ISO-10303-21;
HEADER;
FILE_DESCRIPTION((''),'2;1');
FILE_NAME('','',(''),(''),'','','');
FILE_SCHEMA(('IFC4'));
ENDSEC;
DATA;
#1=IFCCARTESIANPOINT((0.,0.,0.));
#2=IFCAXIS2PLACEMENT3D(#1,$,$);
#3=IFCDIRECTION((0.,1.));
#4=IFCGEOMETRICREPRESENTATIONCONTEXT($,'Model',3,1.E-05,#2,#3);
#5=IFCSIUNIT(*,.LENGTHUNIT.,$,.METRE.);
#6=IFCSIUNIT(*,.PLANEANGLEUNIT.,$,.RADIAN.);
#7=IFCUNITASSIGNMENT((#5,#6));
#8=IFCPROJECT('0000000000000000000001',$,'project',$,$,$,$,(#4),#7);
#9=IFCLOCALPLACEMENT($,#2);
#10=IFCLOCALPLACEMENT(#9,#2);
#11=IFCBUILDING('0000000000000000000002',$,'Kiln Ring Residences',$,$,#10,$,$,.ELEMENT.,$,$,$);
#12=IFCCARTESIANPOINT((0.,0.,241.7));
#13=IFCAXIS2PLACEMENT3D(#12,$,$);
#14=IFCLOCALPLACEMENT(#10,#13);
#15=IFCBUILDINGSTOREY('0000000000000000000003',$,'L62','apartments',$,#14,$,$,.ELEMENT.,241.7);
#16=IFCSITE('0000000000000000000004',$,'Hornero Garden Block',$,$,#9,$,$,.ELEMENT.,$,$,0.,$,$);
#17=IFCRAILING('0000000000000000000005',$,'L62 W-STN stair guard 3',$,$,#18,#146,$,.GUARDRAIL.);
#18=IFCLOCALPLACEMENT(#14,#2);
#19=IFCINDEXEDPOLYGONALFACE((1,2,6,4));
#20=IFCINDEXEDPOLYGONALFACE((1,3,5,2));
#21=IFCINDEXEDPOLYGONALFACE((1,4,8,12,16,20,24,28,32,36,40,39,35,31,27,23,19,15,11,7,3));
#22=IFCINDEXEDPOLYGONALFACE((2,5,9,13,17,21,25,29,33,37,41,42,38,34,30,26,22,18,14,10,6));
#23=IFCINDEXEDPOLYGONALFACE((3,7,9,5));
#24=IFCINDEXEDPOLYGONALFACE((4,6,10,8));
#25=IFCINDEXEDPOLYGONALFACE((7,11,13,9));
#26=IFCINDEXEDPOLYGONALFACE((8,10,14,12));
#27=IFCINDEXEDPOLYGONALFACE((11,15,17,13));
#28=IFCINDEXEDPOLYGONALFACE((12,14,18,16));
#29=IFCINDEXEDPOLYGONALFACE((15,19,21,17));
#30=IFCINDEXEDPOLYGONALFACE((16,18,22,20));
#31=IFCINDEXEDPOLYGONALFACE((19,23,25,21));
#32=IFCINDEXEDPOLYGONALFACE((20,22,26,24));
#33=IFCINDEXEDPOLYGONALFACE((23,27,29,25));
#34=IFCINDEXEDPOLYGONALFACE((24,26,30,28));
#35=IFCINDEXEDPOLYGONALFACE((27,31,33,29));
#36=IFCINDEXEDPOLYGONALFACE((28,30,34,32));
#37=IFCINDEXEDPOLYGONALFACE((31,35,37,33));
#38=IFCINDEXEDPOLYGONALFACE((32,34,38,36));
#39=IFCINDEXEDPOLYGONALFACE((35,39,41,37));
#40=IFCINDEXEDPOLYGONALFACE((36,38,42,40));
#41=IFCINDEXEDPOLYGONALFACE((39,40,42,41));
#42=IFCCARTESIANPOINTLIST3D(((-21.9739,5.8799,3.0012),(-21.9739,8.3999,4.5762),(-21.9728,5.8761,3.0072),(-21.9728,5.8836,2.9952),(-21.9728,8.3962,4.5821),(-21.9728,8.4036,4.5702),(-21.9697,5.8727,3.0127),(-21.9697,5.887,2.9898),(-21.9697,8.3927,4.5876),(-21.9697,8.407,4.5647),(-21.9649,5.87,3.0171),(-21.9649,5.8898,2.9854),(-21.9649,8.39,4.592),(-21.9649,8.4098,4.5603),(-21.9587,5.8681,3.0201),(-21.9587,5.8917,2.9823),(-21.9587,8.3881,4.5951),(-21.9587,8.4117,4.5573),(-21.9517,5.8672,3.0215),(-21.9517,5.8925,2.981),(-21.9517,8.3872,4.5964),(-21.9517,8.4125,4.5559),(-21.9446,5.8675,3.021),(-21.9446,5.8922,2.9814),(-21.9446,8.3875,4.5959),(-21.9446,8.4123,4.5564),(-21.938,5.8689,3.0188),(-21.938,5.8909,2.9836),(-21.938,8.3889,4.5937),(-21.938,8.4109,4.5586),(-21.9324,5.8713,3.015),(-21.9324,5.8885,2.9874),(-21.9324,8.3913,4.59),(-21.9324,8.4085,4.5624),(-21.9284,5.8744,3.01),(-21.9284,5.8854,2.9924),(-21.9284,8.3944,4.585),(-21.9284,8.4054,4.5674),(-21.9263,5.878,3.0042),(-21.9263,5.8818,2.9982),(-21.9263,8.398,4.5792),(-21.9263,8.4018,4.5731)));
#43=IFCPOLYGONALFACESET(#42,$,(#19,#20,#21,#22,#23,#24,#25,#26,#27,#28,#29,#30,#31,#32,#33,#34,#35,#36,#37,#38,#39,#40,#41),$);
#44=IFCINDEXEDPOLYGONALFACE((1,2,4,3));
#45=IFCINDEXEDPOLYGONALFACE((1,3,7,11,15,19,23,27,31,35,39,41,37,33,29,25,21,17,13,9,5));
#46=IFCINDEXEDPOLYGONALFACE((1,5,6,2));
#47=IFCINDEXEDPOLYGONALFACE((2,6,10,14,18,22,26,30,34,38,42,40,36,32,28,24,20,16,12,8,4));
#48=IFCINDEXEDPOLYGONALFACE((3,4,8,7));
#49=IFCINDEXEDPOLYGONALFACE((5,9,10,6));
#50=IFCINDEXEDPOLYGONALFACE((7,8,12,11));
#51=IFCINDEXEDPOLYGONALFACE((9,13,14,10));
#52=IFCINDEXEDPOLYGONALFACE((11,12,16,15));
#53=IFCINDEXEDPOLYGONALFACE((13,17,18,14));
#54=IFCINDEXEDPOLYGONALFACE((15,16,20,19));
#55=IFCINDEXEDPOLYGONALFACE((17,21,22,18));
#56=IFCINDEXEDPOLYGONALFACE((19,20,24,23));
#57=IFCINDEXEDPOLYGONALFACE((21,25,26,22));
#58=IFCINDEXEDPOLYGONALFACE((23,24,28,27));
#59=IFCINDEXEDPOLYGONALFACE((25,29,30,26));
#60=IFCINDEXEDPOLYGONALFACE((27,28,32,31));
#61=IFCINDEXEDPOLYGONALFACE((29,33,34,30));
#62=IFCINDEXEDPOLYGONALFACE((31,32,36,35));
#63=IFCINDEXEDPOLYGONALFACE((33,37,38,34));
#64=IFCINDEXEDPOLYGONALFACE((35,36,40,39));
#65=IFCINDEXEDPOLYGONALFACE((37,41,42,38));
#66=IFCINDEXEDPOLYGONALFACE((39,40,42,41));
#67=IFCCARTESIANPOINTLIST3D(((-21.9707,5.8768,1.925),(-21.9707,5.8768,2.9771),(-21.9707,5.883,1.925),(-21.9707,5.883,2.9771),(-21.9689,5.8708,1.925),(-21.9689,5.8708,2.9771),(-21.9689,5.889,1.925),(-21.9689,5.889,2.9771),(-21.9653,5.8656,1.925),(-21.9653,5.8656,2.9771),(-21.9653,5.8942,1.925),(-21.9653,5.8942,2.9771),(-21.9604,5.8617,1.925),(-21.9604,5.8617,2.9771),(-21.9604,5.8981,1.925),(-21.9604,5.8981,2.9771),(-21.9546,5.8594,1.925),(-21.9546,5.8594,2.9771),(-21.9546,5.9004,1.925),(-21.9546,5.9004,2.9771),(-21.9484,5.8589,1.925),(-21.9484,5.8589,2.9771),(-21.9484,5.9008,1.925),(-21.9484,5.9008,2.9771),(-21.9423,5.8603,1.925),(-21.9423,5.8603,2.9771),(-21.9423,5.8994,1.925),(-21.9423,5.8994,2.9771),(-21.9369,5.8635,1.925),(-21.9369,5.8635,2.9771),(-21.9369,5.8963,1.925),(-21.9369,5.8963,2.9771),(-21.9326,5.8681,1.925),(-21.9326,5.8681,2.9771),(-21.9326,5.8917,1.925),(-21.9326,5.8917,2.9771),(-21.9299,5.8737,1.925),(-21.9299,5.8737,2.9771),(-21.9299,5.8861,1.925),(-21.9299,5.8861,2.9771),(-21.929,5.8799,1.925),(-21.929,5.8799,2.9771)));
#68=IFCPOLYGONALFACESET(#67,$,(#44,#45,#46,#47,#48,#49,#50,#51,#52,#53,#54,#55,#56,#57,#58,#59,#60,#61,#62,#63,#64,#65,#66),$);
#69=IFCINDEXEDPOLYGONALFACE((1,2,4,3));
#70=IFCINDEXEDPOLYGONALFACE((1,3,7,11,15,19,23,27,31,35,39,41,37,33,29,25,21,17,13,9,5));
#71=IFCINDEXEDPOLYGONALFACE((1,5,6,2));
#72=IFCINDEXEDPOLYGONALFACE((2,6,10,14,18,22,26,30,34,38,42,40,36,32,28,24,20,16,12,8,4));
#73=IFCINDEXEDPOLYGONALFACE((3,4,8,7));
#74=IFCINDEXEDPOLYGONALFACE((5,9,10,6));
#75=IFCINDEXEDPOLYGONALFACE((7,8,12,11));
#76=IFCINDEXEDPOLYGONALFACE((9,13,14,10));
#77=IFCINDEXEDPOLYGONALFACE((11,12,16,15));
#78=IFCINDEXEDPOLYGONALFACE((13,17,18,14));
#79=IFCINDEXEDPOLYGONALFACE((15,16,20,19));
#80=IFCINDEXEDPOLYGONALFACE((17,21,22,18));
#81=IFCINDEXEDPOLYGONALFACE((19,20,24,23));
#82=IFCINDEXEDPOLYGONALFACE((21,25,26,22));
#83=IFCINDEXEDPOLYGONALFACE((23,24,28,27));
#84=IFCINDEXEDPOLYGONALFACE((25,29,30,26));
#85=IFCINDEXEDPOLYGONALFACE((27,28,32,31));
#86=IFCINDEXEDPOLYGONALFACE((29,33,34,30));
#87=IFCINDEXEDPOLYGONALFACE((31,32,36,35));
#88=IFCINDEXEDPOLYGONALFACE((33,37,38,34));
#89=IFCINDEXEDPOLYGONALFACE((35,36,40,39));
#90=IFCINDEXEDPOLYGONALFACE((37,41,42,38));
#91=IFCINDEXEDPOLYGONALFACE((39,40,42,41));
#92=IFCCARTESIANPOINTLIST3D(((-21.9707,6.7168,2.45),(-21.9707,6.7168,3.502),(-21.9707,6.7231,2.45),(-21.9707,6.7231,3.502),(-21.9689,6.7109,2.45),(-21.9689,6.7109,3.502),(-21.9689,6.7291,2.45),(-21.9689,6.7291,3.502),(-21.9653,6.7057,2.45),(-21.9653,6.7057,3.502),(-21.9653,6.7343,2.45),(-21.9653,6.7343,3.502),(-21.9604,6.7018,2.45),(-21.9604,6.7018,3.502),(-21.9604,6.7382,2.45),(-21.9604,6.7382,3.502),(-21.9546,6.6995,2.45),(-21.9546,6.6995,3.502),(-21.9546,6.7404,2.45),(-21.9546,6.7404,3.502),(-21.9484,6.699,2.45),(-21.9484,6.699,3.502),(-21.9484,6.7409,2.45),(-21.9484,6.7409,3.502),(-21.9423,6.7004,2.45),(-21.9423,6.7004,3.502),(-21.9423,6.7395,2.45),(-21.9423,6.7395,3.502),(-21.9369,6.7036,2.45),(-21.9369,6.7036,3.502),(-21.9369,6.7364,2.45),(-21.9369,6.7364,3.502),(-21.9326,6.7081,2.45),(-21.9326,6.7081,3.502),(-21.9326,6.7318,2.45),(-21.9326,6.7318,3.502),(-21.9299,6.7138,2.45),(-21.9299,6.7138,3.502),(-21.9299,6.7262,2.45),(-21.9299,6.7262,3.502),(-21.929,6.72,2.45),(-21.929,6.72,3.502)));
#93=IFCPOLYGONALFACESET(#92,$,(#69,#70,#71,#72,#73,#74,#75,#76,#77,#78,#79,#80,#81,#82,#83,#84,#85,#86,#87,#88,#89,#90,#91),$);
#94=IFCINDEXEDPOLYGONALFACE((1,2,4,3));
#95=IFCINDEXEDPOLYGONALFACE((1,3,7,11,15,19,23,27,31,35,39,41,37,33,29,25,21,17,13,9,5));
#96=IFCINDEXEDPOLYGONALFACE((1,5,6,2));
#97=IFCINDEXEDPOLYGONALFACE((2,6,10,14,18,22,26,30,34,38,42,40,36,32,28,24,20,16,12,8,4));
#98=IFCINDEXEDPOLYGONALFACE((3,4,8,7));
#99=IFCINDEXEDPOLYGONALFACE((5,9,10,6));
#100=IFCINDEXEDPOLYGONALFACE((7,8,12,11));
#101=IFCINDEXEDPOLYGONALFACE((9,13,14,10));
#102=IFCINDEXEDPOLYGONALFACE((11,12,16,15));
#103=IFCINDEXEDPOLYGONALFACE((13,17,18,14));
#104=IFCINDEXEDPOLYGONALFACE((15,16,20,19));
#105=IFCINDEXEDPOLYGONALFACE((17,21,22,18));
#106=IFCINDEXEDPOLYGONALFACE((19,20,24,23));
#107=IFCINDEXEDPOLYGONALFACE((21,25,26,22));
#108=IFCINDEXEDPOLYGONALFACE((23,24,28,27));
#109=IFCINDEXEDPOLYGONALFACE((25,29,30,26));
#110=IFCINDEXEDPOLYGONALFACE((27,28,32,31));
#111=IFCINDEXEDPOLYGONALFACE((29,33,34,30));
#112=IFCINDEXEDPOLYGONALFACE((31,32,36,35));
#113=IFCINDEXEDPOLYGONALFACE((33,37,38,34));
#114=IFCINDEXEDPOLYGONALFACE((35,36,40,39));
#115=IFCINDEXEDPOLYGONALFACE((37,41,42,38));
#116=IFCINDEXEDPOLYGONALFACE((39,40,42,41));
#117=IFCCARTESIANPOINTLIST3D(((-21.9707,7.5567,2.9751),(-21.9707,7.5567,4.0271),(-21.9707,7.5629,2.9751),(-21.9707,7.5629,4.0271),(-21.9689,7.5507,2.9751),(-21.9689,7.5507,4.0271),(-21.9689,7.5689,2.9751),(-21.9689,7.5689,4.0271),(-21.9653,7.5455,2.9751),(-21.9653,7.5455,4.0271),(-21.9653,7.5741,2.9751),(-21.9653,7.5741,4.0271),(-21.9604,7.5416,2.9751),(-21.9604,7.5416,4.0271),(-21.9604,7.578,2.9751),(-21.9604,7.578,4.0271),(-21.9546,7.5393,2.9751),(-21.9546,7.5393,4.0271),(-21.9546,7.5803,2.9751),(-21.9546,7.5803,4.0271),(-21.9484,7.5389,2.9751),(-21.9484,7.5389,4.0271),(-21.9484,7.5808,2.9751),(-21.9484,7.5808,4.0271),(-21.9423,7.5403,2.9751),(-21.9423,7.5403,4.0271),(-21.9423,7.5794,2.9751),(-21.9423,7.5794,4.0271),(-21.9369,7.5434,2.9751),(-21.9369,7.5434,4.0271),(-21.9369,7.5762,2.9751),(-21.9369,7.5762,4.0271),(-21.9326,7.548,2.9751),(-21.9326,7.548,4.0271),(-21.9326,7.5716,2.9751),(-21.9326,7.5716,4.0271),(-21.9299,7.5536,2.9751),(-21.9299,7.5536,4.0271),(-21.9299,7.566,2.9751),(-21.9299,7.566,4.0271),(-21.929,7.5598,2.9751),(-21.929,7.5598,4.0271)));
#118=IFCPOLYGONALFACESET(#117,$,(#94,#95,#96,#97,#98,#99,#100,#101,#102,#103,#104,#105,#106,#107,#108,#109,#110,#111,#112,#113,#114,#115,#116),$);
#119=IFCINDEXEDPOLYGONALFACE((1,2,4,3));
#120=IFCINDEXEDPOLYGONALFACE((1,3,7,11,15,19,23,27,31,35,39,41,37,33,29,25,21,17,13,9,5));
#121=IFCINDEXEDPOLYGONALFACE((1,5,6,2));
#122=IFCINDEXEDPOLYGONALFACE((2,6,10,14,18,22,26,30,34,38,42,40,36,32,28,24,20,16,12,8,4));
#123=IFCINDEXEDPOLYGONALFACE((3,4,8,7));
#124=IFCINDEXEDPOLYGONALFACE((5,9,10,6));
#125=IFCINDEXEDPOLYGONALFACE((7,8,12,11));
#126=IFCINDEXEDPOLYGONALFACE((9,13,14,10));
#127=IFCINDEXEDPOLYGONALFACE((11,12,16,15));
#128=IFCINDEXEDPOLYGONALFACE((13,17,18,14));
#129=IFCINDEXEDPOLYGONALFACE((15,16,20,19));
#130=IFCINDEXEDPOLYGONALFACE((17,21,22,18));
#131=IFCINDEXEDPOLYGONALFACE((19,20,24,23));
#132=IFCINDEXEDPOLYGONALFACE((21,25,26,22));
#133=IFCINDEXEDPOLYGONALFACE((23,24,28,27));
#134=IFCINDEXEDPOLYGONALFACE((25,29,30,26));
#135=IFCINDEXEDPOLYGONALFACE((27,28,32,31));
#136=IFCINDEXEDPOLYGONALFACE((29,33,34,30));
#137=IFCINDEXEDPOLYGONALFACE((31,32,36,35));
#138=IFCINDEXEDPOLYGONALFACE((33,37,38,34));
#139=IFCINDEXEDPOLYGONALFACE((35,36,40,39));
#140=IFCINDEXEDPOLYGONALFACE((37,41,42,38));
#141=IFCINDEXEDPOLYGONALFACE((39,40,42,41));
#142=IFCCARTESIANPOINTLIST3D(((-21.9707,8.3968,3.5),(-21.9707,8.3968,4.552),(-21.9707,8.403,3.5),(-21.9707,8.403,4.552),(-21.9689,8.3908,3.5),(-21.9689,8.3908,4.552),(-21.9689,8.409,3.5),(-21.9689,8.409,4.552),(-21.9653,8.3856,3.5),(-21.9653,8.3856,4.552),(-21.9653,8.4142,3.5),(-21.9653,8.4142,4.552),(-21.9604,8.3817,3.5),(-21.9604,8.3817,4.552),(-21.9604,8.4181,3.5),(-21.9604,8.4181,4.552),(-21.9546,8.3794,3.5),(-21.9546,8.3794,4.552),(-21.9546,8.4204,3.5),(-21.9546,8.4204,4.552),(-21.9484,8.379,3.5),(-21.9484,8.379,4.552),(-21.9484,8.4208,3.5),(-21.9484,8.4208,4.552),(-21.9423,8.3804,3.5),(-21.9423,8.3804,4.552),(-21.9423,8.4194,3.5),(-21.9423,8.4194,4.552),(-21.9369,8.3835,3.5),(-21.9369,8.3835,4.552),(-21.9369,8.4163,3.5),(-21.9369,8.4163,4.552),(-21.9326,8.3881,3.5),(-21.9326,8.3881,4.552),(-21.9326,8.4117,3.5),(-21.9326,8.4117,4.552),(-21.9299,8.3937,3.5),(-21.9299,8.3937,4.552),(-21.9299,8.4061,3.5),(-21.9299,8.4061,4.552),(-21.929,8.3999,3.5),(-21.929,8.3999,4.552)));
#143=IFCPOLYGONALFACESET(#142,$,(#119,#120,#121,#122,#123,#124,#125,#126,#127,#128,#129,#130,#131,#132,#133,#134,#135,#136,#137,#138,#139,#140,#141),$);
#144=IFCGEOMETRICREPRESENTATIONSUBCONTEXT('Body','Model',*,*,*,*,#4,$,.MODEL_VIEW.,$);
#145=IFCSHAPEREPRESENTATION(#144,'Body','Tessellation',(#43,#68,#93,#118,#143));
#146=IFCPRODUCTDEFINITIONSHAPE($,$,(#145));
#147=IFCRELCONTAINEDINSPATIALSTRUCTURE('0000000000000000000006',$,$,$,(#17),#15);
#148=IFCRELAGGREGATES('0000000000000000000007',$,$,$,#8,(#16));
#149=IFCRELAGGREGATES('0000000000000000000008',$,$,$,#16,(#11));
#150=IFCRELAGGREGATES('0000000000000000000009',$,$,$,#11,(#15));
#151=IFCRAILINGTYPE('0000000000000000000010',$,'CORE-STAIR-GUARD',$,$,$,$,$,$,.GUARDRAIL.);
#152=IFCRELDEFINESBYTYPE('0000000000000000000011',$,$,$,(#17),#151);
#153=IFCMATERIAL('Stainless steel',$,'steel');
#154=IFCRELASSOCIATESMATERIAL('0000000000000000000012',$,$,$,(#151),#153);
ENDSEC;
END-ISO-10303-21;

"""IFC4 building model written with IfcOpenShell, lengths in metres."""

from ifc_helpers import new_model, si_unit, direction, frame, origin, origin_2d, place, context, subcontext, project, spatial, circle, extrude, material, type_object, element, save


model = new_model("IFC4")

# Units and contexts
model_context = context("Model", 3, precision=1e-05, world=origin(), true_north=direction((0.0, 1.0)))
body_context = subcontext(model_context, "Body", "Model", "MODEL_VIEW")
ifc_project = project(units=[si_unit("LENGTHUNIT", "METRE"), si_unit("PLANEANGLEUNIT", "RADIAN")], contexts=[model_context])

# Site, building, storey
site_placement = place(None, origin())
site = spatial("IfcSite", under=ifc_project, at=site_placement, Name="Hornero Garden Block", CompositionType="ELEMENT", RefElevation=0.0)
building_placement = place(site_placement, origin())
building = spatial("IfcBuilding", under=site, at=building_placement, Name="Kiln Ring Residences", CompositionType="ELEMENT")
storey_placement = place(building_placement, frame((0.0, 0.0, 241.7)))
storey = spatial("IfcBuildingStorey", under=building, at=storey_placement, Name="L62", Description="apartments", CompositionType="ELEMENT", Elevation=241.7)

# Railing
ifc_material_1 = material(Name="Stainless steel", Category="steel")
railing_type_1 = type_object("IfcRailingType", Name="CORE-STAIR-GUARD", PredefinedType="GUARDRAIL", material=ifc_material_1)
railing_1_placement = place(storey_placement, frame((-21.95, 5.8799, 1.925)))
element("IfcRailing", 1, at=railing_1_placement, inside=storey, type_object=railing_type_1, Name="L62 W-STN stair guard 3", PredefinedType="GUARDRAIL", context=body_context, shape_type="SweptSolid", body=[
    extrude(circle(Radius=0.0239, at=origin_2d()), frame((0.0, 0.0, 1.0762), z_axis=(0.0, 0.848008, 0.529984), x_axis=(-1.0, 0.0, 0.0)), (0.0, 0.0, 1.0), 2.9717),
    extrude(circle(Radius=0.021, at=origin_2d()), origin(), (0.0, 0.0, 1.0), 1.052),
    extrude(circle(Radius=0.021, at=origin_2d()), frame((0.0, 0.8401, 0.5249)), (0.0, 0.0, 1.0), 1.052),
    extrude(circle(Radius=0.021, at=origin_2d()), frame((0.0, 1.6799, 1.05)), (0.0, 0.0, 1.0), 1.052),
    extrude(circle(Radius=0.021, at=origin_2d()), frame((0.0, 2.52, 1.575)), (0.0, 0.0, 1.0), 1.052),
])

save(model, "model.ifc")
